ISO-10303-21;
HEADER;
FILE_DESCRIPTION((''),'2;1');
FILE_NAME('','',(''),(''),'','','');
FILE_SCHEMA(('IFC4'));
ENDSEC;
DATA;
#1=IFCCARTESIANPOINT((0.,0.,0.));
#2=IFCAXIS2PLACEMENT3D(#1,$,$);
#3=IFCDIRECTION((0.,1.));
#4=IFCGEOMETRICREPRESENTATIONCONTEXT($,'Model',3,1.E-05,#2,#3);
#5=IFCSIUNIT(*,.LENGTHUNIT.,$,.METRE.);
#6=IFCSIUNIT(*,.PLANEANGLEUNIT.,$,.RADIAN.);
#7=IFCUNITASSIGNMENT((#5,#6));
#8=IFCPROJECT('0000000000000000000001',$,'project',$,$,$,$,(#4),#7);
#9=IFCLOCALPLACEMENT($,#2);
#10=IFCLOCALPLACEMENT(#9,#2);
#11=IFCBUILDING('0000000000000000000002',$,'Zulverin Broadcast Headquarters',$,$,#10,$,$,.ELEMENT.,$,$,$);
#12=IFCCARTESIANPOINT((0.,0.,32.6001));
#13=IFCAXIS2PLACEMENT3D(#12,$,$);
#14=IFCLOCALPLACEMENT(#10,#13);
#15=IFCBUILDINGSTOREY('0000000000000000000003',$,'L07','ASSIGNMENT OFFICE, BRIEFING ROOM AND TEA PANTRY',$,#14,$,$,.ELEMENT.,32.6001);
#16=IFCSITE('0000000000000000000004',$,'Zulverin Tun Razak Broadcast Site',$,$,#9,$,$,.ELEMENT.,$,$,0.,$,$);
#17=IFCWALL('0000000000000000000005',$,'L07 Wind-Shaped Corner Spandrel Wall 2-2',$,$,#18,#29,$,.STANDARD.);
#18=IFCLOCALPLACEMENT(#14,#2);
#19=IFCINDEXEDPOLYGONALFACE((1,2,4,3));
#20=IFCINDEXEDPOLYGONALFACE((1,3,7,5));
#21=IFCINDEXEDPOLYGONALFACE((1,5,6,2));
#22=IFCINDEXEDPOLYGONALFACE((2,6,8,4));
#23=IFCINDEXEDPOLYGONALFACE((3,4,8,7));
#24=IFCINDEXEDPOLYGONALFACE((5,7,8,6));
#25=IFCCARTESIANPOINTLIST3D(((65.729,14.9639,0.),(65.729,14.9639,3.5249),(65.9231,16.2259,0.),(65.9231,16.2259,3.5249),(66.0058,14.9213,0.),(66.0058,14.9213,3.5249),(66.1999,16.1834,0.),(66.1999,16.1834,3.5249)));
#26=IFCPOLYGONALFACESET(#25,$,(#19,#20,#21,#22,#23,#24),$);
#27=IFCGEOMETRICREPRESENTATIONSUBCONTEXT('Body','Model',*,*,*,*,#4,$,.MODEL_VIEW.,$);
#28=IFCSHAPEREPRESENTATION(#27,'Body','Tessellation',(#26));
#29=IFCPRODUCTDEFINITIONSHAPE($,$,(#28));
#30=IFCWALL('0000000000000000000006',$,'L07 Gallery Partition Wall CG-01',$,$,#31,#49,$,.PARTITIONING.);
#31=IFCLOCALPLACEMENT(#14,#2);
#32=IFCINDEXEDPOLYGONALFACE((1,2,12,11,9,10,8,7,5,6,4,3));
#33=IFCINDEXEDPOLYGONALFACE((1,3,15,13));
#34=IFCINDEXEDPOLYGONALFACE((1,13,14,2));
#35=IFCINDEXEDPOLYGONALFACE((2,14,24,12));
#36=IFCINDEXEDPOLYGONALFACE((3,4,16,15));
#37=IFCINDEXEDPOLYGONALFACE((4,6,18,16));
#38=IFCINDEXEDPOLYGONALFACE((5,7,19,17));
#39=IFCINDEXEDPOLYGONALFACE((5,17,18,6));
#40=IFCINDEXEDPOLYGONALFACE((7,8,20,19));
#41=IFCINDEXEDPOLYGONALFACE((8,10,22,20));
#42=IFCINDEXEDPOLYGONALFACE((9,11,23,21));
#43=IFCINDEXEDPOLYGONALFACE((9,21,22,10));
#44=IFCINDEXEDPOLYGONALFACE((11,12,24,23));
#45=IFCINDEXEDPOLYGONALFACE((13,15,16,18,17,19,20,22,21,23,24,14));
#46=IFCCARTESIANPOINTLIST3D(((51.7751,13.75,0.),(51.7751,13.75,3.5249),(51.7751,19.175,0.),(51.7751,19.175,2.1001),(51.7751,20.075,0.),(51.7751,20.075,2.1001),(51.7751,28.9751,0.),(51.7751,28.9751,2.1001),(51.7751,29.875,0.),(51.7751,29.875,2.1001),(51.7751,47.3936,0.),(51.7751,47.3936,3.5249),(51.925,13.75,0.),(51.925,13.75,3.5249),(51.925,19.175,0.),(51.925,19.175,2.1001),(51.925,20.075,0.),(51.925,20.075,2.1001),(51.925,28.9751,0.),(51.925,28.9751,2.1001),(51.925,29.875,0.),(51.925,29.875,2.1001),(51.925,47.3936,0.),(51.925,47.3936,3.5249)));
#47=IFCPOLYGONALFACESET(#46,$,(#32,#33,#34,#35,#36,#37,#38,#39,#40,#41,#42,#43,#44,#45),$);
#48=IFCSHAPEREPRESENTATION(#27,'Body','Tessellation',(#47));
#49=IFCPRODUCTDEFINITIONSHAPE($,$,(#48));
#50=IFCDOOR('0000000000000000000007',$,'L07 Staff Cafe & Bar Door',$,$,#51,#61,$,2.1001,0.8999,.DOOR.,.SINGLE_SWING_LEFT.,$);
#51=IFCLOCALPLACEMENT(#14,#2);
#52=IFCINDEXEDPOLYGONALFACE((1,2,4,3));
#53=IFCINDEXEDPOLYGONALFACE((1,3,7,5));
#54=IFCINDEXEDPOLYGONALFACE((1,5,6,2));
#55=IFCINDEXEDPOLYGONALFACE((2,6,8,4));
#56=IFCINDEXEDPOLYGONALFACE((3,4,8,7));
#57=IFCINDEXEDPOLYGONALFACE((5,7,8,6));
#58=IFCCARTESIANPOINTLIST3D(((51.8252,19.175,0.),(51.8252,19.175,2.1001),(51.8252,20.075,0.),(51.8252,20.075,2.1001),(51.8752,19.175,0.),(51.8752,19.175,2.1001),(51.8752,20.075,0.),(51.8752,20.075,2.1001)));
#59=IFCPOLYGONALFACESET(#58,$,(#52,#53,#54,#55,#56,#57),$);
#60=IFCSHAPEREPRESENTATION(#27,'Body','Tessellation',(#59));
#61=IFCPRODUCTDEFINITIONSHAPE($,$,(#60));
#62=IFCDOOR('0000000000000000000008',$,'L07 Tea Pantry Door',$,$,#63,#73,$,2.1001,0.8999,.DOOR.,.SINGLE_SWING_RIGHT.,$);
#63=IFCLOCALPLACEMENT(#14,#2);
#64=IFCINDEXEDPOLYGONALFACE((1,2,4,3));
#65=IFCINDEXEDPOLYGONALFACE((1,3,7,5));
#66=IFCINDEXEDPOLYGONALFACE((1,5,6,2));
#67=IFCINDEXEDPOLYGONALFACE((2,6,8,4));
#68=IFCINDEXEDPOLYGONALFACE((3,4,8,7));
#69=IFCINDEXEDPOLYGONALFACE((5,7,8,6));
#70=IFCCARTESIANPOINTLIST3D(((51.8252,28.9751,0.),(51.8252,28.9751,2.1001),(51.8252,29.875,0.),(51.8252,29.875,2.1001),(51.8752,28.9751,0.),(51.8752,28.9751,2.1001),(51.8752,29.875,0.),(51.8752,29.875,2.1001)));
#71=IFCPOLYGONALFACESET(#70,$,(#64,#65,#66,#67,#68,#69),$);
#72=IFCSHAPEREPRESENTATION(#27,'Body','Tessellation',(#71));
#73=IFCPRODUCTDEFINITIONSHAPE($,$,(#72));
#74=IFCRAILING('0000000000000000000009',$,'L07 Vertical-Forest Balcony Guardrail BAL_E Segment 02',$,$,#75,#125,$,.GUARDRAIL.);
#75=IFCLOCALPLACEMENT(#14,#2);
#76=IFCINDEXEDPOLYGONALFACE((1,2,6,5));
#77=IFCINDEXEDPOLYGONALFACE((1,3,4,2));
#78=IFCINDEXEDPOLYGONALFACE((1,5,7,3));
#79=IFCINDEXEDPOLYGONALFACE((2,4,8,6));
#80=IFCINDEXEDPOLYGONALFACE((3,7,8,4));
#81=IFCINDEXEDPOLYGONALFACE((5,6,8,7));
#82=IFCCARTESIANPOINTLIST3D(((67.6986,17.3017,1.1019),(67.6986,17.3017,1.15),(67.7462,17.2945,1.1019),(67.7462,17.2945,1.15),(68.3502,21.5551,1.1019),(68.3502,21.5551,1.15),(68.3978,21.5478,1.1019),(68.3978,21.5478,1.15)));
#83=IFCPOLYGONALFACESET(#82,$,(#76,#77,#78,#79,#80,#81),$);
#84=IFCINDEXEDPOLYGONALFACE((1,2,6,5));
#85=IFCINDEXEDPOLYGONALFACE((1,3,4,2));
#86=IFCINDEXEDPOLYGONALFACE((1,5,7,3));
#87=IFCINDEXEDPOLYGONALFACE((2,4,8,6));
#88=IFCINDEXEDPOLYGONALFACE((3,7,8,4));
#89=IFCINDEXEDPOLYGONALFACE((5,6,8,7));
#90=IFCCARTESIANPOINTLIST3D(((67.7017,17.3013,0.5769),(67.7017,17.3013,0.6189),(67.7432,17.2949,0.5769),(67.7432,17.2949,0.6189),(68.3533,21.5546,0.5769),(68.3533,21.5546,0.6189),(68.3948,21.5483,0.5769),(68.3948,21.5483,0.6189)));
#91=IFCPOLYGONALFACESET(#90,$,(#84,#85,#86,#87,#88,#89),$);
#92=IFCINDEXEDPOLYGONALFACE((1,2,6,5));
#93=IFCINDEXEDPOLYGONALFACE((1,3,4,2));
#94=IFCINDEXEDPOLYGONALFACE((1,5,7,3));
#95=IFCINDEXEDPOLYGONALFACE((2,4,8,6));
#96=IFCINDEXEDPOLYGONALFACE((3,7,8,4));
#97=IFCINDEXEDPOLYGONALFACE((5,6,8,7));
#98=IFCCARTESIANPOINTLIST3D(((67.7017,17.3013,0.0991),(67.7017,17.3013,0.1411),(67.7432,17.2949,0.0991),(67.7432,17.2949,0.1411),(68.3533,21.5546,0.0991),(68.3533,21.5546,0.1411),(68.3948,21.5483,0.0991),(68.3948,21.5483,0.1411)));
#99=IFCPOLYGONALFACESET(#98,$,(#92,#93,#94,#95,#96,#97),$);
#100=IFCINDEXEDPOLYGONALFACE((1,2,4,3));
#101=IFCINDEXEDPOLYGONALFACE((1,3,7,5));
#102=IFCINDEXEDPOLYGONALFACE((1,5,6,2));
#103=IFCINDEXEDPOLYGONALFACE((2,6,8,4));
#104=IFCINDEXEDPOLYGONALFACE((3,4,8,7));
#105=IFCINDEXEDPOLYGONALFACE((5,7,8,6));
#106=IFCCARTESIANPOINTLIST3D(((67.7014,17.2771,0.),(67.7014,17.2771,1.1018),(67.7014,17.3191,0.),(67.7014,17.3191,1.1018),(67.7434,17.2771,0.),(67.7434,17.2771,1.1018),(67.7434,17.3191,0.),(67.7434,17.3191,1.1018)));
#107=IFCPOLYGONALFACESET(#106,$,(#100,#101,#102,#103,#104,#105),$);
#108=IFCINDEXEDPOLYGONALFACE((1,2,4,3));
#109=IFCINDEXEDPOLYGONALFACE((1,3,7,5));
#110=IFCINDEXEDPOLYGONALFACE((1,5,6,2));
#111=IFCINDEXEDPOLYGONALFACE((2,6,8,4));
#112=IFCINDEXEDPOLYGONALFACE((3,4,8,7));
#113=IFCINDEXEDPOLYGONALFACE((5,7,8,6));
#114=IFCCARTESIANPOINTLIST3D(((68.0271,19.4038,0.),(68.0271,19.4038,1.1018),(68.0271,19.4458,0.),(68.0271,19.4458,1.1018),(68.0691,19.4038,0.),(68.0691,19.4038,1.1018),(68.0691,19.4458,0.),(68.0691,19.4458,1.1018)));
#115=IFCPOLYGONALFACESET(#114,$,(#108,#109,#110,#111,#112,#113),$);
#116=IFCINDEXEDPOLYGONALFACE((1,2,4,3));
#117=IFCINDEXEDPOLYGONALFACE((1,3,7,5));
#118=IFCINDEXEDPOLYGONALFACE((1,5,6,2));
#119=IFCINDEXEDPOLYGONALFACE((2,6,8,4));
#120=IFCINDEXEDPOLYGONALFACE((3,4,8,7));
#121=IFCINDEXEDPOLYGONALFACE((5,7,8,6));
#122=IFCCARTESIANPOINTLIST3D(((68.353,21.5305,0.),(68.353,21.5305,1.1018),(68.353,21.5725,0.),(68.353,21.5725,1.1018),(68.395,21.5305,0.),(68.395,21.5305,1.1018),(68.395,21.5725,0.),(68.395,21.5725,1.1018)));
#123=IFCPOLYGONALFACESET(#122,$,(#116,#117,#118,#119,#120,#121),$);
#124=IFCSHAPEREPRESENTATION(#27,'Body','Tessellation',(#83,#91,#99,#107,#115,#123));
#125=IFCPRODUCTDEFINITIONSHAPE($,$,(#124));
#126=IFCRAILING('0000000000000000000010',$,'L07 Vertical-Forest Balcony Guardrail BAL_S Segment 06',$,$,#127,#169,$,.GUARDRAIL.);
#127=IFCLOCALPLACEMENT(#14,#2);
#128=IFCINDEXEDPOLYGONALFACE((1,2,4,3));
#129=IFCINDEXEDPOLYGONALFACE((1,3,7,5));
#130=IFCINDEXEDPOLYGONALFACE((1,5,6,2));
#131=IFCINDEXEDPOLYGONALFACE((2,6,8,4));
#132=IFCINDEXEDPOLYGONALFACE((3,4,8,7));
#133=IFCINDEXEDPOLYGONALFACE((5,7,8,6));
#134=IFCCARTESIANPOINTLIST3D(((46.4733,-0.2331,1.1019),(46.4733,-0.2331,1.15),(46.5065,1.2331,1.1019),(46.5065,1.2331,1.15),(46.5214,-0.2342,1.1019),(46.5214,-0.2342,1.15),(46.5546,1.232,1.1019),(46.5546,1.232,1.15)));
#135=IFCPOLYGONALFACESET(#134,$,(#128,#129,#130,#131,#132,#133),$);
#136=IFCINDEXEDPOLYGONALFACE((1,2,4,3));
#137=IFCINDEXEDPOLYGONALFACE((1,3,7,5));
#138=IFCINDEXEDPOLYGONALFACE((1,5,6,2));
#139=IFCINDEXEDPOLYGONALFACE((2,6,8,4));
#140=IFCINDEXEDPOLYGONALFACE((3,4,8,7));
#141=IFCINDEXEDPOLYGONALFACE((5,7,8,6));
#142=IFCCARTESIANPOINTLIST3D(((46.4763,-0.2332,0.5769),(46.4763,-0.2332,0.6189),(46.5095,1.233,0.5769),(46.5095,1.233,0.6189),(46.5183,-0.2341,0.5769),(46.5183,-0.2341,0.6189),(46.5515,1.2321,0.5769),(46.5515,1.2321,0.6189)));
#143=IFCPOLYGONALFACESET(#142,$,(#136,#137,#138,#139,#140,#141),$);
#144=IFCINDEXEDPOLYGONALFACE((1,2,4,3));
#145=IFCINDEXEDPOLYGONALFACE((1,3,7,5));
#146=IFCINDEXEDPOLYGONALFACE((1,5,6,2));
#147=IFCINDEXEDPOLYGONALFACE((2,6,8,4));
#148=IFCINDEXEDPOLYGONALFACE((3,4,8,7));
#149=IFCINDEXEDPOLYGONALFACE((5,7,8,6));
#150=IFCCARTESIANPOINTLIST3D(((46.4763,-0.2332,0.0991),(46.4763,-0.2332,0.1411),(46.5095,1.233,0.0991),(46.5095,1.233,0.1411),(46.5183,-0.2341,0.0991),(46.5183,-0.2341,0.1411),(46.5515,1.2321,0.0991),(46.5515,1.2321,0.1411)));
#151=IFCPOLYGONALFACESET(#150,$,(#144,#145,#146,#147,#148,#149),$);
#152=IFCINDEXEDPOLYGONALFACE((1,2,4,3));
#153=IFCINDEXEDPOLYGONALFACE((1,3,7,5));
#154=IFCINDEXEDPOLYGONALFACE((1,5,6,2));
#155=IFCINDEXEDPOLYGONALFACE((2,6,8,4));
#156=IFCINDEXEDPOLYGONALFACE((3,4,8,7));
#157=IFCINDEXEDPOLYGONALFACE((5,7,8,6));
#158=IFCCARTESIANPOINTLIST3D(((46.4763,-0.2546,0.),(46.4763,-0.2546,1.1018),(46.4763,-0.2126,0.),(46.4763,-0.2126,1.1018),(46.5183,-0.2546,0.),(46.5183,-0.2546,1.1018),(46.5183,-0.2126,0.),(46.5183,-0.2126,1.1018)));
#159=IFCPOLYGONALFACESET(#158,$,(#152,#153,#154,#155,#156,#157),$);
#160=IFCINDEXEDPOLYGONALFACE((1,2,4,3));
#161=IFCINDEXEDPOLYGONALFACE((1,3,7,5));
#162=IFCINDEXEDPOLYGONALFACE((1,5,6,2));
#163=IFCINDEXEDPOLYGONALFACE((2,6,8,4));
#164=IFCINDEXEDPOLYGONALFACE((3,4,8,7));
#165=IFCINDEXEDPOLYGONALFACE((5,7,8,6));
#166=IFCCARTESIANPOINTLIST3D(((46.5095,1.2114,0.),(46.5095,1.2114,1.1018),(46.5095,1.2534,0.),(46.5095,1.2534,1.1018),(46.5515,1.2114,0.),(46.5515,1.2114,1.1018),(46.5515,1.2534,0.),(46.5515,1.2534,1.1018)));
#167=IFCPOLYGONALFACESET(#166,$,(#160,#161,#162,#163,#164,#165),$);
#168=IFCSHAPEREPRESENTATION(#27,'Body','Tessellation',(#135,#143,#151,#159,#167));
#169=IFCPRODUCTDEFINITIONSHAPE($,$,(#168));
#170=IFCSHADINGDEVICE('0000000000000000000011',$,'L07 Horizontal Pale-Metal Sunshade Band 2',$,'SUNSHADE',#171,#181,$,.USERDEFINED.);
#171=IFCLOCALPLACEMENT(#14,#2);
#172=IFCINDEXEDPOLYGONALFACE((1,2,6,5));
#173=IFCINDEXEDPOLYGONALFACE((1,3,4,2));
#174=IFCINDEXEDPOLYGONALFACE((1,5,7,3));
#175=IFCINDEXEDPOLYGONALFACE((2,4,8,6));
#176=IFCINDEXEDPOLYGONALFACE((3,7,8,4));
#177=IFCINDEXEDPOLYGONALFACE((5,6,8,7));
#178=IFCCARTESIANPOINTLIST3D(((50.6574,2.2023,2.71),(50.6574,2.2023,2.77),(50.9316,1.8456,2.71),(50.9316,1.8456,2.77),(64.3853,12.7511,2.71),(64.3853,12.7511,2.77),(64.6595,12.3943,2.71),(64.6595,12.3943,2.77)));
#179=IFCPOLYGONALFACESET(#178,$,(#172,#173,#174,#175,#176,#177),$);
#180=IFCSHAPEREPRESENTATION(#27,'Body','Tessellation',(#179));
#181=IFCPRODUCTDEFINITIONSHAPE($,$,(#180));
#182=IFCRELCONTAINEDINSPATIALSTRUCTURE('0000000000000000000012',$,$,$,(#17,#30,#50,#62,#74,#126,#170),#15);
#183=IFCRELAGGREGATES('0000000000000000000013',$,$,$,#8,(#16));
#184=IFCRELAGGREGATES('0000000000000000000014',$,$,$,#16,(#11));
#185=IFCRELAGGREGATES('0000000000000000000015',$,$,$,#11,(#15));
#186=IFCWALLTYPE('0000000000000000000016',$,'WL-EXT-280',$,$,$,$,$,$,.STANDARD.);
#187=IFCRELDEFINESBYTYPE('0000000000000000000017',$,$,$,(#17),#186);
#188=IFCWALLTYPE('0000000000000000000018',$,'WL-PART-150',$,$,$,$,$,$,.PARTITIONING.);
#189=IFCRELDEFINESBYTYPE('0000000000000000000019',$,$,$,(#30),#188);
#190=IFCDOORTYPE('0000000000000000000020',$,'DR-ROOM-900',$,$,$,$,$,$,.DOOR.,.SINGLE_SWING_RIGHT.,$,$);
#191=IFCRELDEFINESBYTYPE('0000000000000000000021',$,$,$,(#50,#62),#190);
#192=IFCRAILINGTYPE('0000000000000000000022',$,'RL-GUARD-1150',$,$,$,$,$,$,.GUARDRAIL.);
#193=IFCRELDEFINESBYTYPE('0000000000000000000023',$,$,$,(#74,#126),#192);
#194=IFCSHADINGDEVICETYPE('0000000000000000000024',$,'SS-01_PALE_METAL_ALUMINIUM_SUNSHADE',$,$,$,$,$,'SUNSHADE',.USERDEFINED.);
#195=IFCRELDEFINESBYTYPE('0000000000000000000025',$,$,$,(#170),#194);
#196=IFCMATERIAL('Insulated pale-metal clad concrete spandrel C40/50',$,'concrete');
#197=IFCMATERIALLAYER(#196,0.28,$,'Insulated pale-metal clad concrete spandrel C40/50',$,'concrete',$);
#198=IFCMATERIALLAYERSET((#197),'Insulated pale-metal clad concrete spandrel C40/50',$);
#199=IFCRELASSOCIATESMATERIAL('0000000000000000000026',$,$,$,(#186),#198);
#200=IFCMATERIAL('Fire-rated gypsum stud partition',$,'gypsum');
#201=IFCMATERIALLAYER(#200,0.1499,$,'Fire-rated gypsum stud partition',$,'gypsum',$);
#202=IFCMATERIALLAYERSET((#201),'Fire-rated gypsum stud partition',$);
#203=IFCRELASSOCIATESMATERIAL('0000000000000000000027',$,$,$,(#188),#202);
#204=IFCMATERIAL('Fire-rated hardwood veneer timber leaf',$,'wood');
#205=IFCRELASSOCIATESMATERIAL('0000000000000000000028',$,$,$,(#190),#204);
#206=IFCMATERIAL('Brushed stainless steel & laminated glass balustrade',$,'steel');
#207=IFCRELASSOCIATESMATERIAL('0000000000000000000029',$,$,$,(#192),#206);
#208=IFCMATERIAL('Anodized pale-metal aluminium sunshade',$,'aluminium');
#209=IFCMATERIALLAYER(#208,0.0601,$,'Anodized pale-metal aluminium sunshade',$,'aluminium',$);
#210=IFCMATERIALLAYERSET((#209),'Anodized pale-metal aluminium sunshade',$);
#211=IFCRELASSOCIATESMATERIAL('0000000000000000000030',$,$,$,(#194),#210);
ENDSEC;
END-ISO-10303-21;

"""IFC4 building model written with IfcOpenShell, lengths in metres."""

from ifc_helpers import new_model, si_unit, direction, frame, frame_2d, origin, origin_2d, place, context, subcontext, project, spatial, rectangle, extrude, material, layer, layer_set, type_object, element, fill, save


model = new_model("IFC4")

# Units and contexts
model_context = context("Model", 3, precision=1e-05, world=origin(), true_north=direction((0.0, 1.0)))
body_context = subcontext(model_context, "Body", "Model", "MODEL_VIEW")
ifc_project = project(units=[si_unit("LENGTHUNIT", "METRE"), si_unit("PLANEANGLEUNIT", "RADIAN")], contexts=[model_context])

# Site, building, storey
site_placement = place(None, origin())
site = spatial("IfcSite", under=ifc_project, at=site_placement, Name="Zulverin Tun Razak Broadcast Site", CompositionType="ELEMENT", RefElevation=0.0)
building_placement = place(site_placement, origin())
building = spatial("IfcBuilding", under=site, at=building_placement, Name="Zulverin Broadcast Headquarters", CompositionType="ELEMENT")
storey_placement = place(building_placement, frame((0.0, 0.0, 32.6001)))
storey = spatial("IfcBuildingStorey", under=building, at=storey_placement, Name="L07", Description="ASSIGNMENT OFFICE, BRIEFING ROOM AND TEA PANTRY", CompositionType="ELEMENT", Elevation=32.6001)

# Shared definitions
ifc_material_1 = material(Name="Insulated pale-metal clad concrete spandrel C40/50", Category="concrete")
ifc_layer_1 = layer(ifc_material_1, 0.28, Name="Insulated pale-metal clad concrete spandrel C40/50", Category="concrete")
ifc_layer_set_1 = layer_set([ifc_layer_1], Name="Insulated pale-metal clad concrete spandrel C40/50")
wall_type_1 = type_object("IfcWallType", Name="WL-EXT-280", PredefinedType="STANDARD", material=ifc_layer_set_1)

# Wall
wall_1_placement = place(storey_placement, frame((65.8674, 14.9426, 0.0), z_axis=(0.0, 0.0, 1.0), x_axis=(0.152014, 0.988378, 0.0)))
element("IfcWall", 1, at=wall_1_placement, inside=storey, type_object=wall_type_1, Name="L07 Wind-Shaped Corner Spandrel Wall 2-2", PredefinedType="STANDARD", context=body_context, shape_type="SweptSolid", body=[
    extrude(rectangle(XDim=1.2769, YDim=0.28, at=frame_2d((0.6384, 0.0))), origin(), (0.0, 0.0, 1.0), 3.5249),
])

# Wall, openings, doors
ifc_material_2 = material(Name="Fire-rated gypsum stud partition", Category="gypsum")
ifc_layer_2 = layer(ifc_material_2, 0.1499, Name="Fire-rated gypsum stud partition", Category="gypsum")
ifc_layer_set_2 = layer_set([ifc_layer_2], Name="Fire-rated gypsum stud partition")
wall_type_2 = type_object("IfcWallType", Name="WL-PART-150", PredefinedType="PARTITIONING", material=ifc_layer_set_2)
wall_2_placement = place(storey_placement, frame((51.8501, 13.75, 0.0), z_axis=(0.0, 0.0, 1.0), x_axis=(0.0, 1.0, 0.0)))
wall_2 = element("IfcWall", 2, at=wall_2_placement, inside=storey, type_object=wall_type_2, Name="L07 Gallery Partition Wall CG-01", PredefinedType="PARTITIONING", context=body_context, shape_type="SweptSolid", body=[
    extrude(rectangle(XDim=33.6436, YDim=0.1499, at=frame_2d((16.8218, 0.0))), origin(), (0.0, 0.0, 1.0), 3.5249),
])
opening_1_placement = place(wall_2_placement, frame((5.425, 0.0, 0.0)))
opening_1 = element("IfcOpeningElement", 3, at=opening_1_placement, cuts=wall_2, PredefinedType="OPENING", context=body_context, shape_type="SweptSolid", body=[
    extrude(rectangle(XDim=0.8999, YDim=2.1001, at=frame_2d((0.45, 1.05))), frame((0.0, 0.085, 0.0), z_axis=(0.0, -1.0, 0.0), x_axis=(1.0, 0.0, 0.0)), (0.0, 0.0, 1.0), 0.1699),
])
opening_2_placement = place(wall_2_placement, frame((15.2251, 0.0, 0.0)))
opening_2 = element("IfcOpeningElement", 4, at=opening_2_placement, cuts=wall_2, PredefinedType="OPENING", context=body_context, shape_type="SweptSolid", body=[
    extrude(rectangle(XDim=0.8999, YDim=2.1001, at=frame_2d((0.45, 1.05))), frame((0.0, 0.085, 0.0), z_axis=(0.0, -1.0, 0.0), x_axis=(1.0, 0.0, 0.0)), (0.0, 0.0, 1.0), 0.1699),
])
ifc_material_3 = material(Name="Fire-rated hardwood veneer timber leaf", Category="wood")
door_type_1 = type_object("IfcDoorType", Name="DR-ROOM-900", OperationType="SINGLE_SWING_RIGHT", PredefinedType="DOOR", material=ifc_material_3)
door_1_placement = place(opening_1_placement, origin())
door_1 = element("IfcDoor", 5, at=door_1_placement, inside=storey, type_object=door_type_1, Name="L07 Staff Cafe & Bar Door", OperationType="SINGLE_SWING_LEFT", OverallHeight=2.1001, OverallWidth=0.8999, PredefinedType="DOOR", context=body_context, shape_type="SweptSolid", body=[
    extrude(rectangle(XDim=0.8999, YDim=2.1001, at=frame_2d((0.45, 1.05))), frame((0.0, 0.0249, 0.0), z_axis=(0.0, -1.0, 0.0), x_axis=(1.0, 0.0, 0.0)), (0.0, 0.0, 1.0), 0.05),
])
fill(opening_1, door_1)
door_2_placement = place(opening_2_placement, origin())
door_2 = element("IfcDoor", 6, at=door_2_placement, inside=storey, type_object=door_type_1, Name="L07 Tea Pantry Door", OperationType="SINGLE_SWING_RIGHT", OverallHeight=2.1001, OverallWidth=0.8999, PredefinedType="DOOR", context=body_context, shape_type="SweptSolid", body=[
    extrude(rectangle(XDim=0.8999, YDim=2.1001, at=frame_2d((0.45, 1.05))), frame((0.0, 0.0249, 0.0), z_axis=(0.0, -1.0, 0.0), x_axis=(1.0, 0.0, 0.0)), (0.0, 0.0, 1.0), 0.05),
])
fill(opening_2, door_2)

# Railings
ifc_material_4 = material(Name="Brushed stainless steel & laminated glass balustrade", Category="steel")
railing_type = type_object("IfcRailingType", Name="RL-GUARD-1150", PredefinedType="GUARDRAIL", material=ifc_material_4)
railing_1_placement = place(storey_placement, frame((67.7224, 17.2981, 0.0)))
element("IfcRailing", 7, at=railing_1_placement, inside=storey, type_object=railing_type, Name="L07 Vertical-Forest Balcony Guardrail BAL_E Segment 02", PredefinedType="GUARDRAIL", context=body_context, shape_type="SweptSolid", body=[
    extrude(rectangle(XDim=0.0481, YDim=0.0481, at=origin_2d()), frame((0.0, 0.0, 1.126), z_axis=(0.15143, 0.988468, 0.0), x_axis=(-0.988468, 0.15143, 0.0)), (0.0, 0.0, 1.0), 4.303),
    extrude(rectangle(XDim=0.042, YDim=0.042, at=origin_2d()), frame((0.0, 0.0, 0.5979), z_axis=(0.15143, 0.988468, 0.0), x_axis=(-0.988468, 0.15143, 0.0)), (0.0, 0.0, 1.0), 4.303),
    extrude(rectangle(XDim=0.042, YDim=0.042, at=origin_2d()), frame((0.0, 0.0, 0.1201), z_axis=(0.15143, 0.988468, 0.0), x_axis=(-0.988468, 0.15143, 0.0)), (0.0, 0.0, 1.0), 4.303),
    extrude(rectangle(XDim=0.042, YDim=0.042, at=origin_2d()), origin(), (0.0, 0.0, 1.0), 1.1018),
    extrude(rectangle(XDim=0.042, YDim=0.042, at=origin_2d()), frame((0.3257, 2.1267, 0.0)), (0.0, 0.0, 1.0), 1.1018),
    extrude(rectangle(XDim=0.042, YDim=0.042, at=origin_2d()), frame((0.6516, 4.2534, 0.0)), (0.0, 0.0, 1.0), 1.1018),
])
railing_2_placement = place(storey_placement, frame((46.4973, -0.2336, 0.0)))
element("IfcRailing", 8, at=railing_2_placement, inside=storey, type_object=railing_type, Name="L07 Vertical-Forest Balcony Guardrail BAL_S Segment 06", PredefinedType="GUARDRAIL", context=body_context, shape_type="SweptSolid", body=[
    extrude(rectangle(XDim=0.0481, YDim=0.0481, at=origin_2d()), frame((0.0, 0.0, 1.126), z_axis=(0.022642, 0.999744, 0.0), x_axis=(-0.999744, 0.022642, 0.0)), (0.0, 0.0, 1.0), 1.4666),
    extrude(rectangle(XDim=0.042, YDim=0.042, at=origin_2d()), frame((0.0, 0.0, 0.5979), z_axis=(0.022642, 0.999744, 0.0), x_axis=(-0.999744, 0.022642, 0.0)), (0.0, 0.0, 1.0), 1.4666),
    extrude(rectangle(XDim=0.042, YDim=0.042, at=origin_2d()), frame((0.0, 0.0, 0.1201), z_axis=(0.022642, 0.999744, 0.0), x_axis=(-0.999744, 0.022642, 0.0)), (0.0, 0.0, 1.0), 1.4666),
    extrude(rectangle(XDim=0.042, YDim=0.042, at=origin_2d()), origin(), (0.0, 0.0, 1.0), 1.1018),
    extrude(rectangle(XDim=0.042, YDim=0.042, at=origin_2d()), frame((0.0332, 1.4661, 0.0)), (0.0, 0.0, 1.0), 1.1018),
])

# Shading device
ifc_material_5 = material(Name="Anodized pale-metal aluminium sunshade", Category="aluminium")
ifc_layer_3 = layer(ifc_material_5, 0.0601, Name="Anodized pale-metal aluminium sunshade", Category="aluminium")
ifc_layer_set_3 = layer_set([ifc_layer_3], Name="Anodized pale-metal aluminium sunshade")
shading_device_type = type_object("IfcShadingDeviceType", Name="SS-01_PALE_METAL_ALUMINIUM_SUNSHADE", ElementType="SUNSHADE", PredefinedType="USERDEFINED", material=ifc_layer_set_3)
shading_device_placement = place(storey_placement, frame((57.6584, 7.2983, 2.71), z_axis=(0.0, 0.0, 1.0), x_axis=(0.792933, 0.609308, 0.0)))
element("IfcShadingDevice", 9, at=shading_device_placement, inside=storey, type_object=shading_device_type, Name="L07 Horizontal Pale-Metal Sunshade Band 2", ObjectType="SUNSHADE", PredefinedType="USERDEFINED", context=body_context, shape_type="SweptSolid", body=[
    extrude(rectangle(XDim=17.3127, YDim=0.45, at=origin_2d()), origin(), (0.0, 0.0, 1.0), 0.0601),
])

save(model, "model.ifc")
